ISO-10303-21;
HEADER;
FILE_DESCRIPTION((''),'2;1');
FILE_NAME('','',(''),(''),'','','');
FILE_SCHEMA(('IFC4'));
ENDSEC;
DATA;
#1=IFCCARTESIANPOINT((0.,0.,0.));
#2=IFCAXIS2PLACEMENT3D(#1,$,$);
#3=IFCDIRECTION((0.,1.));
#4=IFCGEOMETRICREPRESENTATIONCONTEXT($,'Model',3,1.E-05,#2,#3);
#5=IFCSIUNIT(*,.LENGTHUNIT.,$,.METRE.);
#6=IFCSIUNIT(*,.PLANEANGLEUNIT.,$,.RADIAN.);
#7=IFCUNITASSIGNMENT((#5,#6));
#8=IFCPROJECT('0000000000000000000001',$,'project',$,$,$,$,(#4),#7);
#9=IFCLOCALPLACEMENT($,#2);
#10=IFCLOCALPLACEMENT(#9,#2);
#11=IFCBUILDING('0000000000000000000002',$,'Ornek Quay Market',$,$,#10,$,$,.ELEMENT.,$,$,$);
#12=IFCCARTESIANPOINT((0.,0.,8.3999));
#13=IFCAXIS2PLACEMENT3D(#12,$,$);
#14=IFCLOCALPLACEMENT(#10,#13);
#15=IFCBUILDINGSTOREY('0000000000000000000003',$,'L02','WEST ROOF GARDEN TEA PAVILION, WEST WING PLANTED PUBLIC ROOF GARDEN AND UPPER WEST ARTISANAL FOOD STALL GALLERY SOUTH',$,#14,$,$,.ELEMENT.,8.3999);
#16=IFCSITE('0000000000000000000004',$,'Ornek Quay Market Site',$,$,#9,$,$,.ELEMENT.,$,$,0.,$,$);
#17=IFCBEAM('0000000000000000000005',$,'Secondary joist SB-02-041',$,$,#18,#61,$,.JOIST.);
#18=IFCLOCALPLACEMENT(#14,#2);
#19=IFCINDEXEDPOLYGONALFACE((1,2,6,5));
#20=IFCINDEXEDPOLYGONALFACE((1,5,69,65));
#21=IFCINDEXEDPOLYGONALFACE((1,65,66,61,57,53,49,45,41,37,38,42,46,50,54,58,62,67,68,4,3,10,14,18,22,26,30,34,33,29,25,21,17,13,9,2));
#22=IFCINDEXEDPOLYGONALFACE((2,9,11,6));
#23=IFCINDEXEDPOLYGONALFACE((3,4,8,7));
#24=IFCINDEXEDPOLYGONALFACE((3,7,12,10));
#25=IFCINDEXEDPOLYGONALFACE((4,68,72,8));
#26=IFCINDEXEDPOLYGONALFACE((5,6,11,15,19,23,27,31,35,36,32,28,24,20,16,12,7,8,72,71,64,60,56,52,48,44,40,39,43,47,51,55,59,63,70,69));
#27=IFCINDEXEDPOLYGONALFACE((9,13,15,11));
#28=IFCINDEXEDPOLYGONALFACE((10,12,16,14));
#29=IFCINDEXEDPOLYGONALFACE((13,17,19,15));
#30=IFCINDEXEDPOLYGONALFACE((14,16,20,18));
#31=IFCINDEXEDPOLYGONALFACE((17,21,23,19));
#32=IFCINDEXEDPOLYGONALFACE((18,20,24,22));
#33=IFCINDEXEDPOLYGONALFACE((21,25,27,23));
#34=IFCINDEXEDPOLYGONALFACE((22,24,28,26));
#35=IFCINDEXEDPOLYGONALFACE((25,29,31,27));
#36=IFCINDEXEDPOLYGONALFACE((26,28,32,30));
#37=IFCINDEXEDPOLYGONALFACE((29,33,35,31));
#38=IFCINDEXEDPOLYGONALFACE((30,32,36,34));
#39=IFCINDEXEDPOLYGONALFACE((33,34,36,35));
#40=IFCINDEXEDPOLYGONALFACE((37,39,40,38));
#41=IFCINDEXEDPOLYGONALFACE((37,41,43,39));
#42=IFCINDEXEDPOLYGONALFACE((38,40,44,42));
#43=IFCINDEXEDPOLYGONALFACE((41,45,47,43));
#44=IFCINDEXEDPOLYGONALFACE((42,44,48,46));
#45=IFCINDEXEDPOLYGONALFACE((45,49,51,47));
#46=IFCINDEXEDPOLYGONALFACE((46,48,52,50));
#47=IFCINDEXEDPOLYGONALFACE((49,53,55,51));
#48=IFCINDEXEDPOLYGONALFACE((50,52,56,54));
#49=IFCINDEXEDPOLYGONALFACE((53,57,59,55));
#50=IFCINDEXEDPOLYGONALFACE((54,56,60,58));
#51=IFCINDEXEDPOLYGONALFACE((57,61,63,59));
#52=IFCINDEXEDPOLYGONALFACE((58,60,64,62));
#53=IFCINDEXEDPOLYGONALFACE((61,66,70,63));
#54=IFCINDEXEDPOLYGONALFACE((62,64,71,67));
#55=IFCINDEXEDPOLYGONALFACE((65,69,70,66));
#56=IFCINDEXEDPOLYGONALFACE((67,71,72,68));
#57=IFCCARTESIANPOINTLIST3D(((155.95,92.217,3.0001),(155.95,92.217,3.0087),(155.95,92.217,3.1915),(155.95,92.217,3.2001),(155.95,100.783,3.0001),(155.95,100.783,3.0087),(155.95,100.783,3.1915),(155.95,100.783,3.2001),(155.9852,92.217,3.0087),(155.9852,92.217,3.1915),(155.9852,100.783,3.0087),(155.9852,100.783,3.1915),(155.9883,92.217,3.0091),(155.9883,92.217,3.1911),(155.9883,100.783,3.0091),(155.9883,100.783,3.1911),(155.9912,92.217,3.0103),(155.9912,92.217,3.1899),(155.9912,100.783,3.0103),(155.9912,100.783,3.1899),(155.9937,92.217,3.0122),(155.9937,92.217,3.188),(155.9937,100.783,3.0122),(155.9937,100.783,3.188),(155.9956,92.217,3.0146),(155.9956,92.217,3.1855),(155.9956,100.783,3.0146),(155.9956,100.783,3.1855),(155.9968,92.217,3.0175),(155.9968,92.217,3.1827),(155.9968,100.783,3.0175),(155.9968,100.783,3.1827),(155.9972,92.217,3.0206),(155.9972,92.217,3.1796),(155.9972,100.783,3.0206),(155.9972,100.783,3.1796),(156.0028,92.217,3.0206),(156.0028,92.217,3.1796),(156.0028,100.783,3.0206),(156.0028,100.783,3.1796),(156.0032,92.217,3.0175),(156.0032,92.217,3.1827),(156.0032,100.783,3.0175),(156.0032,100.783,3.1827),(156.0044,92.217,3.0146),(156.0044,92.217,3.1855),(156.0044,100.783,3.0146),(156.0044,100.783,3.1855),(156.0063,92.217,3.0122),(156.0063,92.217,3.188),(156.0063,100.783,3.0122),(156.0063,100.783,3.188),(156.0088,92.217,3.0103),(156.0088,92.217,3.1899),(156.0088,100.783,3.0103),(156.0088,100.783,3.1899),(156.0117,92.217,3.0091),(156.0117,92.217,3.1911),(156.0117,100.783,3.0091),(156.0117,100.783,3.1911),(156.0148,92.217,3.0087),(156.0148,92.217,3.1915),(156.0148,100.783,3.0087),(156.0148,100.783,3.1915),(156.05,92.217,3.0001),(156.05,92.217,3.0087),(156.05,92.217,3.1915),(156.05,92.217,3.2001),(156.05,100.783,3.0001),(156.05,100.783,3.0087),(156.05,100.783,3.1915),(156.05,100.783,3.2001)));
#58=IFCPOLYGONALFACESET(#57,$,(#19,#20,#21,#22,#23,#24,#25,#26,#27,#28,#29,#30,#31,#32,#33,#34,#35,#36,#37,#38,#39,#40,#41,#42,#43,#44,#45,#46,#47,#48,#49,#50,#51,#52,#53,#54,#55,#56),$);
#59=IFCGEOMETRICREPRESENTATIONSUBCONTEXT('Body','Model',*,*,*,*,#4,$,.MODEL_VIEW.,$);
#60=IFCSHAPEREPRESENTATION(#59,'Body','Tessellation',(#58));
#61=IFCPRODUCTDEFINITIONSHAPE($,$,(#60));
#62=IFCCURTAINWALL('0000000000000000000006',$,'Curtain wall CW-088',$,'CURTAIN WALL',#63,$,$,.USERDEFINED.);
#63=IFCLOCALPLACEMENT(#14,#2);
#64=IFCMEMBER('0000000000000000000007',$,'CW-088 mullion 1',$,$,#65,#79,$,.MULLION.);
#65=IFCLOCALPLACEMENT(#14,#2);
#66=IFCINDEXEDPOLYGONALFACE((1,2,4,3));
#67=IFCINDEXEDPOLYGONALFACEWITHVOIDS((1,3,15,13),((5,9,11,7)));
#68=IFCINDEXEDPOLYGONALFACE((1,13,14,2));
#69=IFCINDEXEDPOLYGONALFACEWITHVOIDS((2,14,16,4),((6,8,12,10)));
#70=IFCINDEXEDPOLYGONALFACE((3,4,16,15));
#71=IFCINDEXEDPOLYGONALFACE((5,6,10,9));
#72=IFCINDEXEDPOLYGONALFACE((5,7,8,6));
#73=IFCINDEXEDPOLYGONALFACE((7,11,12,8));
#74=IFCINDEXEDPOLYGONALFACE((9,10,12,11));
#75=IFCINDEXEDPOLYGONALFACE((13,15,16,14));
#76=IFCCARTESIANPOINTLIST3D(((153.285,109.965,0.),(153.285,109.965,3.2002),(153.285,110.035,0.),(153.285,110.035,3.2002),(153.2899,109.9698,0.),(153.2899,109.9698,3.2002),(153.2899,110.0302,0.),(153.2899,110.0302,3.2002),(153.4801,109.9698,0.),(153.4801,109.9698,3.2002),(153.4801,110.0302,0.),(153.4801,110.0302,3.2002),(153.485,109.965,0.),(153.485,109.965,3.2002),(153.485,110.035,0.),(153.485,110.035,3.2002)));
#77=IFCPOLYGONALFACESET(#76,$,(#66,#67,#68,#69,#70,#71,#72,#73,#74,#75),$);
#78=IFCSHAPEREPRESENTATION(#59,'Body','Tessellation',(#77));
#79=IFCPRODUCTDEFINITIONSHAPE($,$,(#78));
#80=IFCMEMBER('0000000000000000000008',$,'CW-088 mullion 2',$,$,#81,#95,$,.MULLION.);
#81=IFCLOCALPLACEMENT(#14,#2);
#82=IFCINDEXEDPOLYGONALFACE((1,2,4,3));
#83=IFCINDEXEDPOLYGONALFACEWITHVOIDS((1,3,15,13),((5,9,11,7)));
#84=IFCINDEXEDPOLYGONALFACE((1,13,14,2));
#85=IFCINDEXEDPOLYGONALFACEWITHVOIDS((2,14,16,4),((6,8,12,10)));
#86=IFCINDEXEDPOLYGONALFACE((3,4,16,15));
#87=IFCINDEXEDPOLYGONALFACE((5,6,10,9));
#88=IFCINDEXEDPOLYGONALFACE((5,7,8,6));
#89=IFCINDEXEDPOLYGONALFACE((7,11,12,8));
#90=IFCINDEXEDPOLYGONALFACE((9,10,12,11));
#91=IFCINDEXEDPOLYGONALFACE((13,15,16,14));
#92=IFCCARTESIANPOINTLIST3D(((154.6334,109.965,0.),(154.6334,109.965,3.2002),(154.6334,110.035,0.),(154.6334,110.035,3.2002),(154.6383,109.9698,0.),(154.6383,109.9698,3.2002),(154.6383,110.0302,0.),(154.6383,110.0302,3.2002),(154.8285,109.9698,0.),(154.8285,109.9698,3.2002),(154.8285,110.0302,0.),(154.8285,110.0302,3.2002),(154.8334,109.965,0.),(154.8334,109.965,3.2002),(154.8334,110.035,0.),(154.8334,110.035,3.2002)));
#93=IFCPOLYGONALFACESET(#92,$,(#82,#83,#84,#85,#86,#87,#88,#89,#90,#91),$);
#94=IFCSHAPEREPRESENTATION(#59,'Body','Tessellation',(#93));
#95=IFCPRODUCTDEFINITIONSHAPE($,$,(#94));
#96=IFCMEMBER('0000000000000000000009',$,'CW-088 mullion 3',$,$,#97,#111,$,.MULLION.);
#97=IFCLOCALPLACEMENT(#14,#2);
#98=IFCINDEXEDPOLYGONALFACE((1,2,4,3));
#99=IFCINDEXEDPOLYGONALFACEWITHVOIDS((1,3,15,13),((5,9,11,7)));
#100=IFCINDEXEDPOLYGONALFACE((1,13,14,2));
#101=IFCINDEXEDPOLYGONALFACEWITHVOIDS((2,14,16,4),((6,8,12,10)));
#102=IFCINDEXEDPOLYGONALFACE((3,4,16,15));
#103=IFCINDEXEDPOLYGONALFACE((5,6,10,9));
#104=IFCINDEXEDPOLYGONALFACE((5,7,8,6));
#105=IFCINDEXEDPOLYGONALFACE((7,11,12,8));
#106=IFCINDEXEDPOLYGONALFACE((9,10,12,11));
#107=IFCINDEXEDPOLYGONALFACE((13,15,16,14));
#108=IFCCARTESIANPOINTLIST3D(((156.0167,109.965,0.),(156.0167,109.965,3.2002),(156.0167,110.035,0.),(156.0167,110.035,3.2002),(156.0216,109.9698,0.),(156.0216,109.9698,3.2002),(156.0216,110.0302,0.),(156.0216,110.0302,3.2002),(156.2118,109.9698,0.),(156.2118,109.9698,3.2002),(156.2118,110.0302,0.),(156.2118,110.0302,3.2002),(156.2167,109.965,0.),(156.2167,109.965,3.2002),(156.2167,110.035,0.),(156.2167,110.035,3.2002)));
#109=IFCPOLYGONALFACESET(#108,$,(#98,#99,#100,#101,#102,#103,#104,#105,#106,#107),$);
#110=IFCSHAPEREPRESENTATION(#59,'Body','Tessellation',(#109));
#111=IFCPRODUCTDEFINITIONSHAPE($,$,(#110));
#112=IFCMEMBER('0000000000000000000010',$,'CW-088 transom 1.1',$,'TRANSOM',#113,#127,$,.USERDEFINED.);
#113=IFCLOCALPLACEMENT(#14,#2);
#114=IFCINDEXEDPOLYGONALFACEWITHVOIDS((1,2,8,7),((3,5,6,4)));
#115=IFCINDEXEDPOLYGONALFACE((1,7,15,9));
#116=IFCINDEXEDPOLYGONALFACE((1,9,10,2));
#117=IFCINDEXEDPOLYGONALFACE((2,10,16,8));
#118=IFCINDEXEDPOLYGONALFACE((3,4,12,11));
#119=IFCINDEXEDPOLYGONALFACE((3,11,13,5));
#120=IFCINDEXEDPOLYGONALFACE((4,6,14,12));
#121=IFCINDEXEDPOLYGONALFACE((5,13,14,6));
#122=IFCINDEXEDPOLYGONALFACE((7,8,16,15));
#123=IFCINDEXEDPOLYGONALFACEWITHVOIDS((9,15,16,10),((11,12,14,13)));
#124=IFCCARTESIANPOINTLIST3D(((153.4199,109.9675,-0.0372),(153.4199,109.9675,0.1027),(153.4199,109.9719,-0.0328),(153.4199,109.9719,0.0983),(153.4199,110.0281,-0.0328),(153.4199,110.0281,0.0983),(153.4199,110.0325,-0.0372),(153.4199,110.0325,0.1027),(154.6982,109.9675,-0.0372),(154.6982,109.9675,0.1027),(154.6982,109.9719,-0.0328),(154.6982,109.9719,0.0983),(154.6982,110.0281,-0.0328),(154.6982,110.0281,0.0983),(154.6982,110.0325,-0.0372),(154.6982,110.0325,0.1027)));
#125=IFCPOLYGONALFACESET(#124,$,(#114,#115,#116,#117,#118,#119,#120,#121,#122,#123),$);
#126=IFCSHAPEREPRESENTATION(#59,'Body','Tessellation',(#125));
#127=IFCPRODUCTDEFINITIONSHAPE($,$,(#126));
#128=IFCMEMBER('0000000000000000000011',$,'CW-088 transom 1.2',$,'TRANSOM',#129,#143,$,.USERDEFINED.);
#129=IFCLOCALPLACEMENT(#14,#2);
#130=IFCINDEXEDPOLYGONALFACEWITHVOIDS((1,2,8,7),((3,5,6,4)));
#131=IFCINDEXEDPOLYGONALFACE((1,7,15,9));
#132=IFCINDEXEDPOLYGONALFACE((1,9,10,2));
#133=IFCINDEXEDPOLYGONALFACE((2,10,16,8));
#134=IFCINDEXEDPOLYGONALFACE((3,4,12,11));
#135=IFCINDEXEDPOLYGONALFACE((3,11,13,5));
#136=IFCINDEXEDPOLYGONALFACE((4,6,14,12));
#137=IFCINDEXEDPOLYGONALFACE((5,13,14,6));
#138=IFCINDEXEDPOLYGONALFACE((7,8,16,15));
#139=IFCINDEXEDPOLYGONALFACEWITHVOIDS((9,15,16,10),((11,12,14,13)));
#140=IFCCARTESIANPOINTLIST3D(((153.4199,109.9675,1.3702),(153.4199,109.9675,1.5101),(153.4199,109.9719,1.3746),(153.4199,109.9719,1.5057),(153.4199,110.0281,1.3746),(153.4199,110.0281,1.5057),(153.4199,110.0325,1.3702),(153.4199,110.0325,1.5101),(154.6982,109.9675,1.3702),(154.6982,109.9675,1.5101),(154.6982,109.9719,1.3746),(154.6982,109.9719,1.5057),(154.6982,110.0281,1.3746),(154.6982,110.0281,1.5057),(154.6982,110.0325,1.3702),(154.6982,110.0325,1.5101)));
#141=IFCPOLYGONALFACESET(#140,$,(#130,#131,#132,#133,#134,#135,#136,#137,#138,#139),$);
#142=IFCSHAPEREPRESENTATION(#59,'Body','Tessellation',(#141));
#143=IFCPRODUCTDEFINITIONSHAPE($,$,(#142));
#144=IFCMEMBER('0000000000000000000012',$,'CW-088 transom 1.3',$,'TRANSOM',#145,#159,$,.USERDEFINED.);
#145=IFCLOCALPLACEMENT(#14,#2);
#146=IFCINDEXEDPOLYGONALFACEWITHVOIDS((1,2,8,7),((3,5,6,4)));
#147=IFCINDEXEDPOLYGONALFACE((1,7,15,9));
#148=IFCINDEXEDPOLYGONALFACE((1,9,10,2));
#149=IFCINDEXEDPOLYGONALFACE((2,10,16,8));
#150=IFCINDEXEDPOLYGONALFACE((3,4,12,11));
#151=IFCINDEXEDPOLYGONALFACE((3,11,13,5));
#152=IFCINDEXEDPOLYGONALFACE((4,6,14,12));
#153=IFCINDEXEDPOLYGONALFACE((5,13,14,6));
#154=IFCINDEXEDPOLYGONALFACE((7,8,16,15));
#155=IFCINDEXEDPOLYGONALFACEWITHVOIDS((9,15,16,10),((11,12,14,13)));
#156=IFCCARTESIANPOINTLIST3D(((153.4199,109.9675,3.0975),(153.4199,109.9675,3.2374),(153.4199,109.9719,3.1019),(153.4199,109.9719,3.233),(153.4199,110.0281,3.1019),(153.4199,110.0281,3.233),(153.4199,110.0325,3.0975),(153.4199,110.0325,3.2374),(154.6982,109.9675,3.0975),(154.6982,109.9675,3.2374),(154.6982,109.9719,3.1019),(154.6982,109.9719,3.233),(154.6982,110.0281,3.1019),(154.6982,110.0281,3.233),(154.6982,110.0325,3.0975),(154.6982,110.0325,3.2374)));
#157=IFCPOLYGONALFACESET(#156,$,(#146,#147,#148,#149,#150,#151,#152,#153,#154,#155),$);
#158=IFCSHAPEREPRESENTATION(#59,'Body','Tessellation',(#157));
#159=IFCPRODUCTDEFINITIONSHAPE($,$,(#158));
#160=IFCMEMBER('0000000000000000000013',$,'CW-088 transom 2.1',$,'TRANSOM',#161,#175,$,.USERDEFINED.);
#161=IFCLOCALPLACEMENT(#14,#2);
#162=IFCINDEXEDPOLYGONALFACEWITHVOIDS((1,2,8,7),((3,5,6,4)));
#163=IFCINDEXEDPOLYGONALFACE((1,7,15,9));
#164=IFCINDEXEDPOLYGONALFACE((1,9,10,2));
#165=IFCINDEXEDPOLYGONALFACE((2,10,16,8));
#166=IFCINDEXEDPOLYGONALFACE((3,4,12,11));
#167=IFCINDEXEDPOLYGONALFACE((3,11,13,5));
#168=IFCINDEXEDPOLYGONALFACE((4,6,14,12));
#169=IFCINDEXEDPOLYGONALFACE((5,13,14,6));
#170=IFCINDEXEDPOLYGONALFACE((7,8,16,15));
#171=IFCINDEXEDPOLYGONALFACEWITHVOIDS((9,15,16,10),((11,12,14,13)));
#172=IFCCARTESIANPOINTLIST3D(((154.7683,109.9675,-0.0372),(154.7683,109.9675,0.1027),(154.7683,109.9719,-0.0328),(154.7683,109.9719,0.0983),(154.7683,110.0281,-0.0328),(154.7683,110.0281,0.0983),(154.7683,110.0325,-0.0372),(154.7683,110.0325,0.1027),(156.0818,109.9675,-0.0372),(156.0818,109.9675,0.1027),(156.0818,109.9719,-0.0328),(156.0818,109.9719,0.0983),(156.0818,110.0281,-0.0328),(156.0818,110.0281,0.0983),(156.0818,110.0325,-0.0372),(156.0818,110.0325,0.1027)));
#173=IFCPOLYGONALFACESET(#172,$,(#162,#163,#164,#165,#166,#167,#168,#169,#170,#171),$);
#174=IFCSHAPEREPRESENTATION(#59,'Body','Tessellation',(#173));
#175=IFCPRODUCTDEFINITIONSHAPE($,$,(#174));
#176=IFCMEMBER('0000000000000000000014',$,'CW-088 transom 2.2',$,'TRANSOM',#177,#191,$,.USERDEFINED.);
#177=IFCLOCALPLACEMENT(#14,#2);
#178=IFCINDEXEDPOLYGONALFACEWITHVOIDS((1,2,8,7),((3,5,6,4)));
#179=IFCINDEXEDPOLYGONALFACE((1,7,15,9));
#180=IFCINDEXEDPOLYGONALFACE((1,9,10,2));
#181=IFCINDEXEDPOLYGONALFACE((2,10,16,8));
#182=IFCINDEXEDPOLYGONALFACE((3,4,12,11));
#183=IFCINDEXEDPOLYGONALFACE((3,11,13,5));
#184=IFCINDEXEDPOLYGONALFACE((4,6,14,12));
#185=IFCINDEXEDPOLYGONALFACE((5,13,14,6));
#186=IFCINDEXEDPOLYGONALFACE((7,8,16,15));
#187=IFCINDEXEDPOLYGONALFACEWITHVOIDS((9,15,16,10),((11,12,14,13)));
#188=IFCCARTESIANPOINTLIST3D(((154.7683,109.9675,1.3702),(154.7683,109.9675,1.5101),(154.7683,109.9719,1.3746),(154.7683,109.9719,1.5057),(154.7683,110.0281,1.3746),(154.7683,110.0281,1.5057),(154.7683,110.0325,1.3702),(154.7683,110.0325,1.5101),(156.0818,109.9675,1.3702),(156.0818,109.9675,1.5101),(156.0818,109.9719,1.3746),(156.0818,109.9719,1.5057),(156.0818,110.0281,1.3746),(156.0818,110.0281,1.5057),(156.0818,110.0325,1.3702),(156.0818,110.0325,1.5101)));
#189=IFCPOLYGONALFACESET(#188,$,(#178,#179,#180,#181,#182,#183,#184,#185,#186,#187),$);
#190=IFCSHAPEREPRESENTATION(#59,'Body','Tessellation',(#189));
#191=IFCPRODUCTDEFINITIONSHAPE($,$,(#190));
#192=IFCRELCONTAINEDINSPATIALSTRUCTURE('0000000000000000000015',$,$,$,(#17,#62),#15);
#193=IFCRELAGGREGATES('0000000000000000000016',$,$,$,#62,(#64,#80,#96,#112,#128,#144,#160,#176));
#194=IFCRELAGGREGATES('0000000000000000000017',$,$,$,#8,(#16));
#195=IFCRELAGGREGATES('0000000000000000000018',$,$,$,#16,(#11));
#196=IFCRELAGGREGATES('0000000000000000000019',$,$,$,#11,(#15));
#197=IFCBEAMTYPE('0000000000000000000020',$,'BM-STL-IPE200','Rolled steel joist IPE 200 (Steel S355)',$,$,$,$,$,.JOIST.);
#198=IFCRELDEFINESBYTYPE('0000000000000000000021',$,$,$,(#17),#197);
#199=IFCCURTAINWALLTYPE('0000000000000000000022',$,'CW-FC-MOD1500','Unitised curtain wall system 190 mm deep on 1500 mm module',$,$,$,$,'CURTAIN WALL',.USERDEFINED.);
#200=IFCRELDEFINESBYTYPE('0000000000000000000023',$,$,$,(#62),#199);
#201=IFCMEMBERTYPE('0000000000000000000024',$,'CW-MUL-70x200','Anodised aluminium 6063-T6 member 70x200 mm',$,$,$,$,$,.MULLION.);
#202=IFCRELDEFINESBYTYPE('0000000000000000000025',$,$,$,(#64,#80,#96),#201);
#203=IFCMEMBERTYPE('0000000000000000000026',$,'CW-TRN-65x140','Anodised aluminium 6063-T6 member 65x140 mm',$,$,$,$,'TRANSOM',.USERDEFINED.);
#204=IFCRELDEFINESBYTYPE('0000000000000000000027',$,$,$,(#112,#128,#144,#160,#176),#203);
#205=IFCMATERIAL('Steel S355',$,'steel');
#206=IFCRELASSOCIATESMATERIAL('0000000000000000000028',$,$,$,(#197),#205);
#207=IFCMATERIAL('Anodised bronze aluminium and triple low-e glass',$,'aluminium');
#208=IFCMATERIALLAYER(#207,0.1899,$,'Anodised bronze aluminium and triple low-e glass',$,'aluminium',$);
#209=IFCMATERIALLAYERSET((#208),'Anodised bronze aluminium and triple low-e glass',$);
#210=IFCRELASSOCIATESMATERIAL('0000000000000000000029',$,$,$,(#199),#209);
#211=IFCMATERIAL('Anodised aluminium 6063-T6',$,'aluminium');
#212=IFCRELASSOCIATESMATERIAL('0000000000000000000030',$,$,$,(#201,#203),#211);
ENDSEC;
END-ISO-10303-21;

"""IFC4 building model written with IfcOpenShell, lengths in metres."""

from ifc_helpers import new_model, si_unit, direction, frame, origin, origin_2d, place, context, subcontext, project, spatial, hollow_rectangle, i_section, extrude, material, layer, layer_set, material_profile, profile_set, type_object, element, aggregate, save


model = new_model("IFC4")

# Units and contexts
model_context = context("Model", 3, precision=1e-05, world=origin(), true_north=direction((0.0, 1.0)))
body_context = subcontext(model_context, "Body", "Model", "MODEL_VIEW")
ifc_project = project(units=[si_unit("LENGTHUNIT", "METRE"), si_unit("PLANEANGLEUNIT", "RADIAN")], contexts=[model_context])

# Site, building, storey
site_placement = place(None, origin())
site = spatial("IfcSite", under=ifc_project, at=site_placement, Name="Ornek Quay Market Site", CompositionType="ELEMENT", RefElevation=0.0)
building_placement = place(site_placement, origin())
building = spatial("IfcBuilding", under=site, at=building_placement, Name="Ornek Quay Market", CompositionType="ELEMENT")
storey_placement = place(building_placement, frame((0.0, 0.0, 8.3999)))
storey = spatial("IfcBuildingStorey", under=building, at=storey_placement, Name="L02", Description="WEST ROOF GARDEN TEA PAVILION, WEST WING PLANTED PUBLIC ROOF GARDEN AND UPPER WEST ARTISANAL FOOD STALL GALLERY SOUTH", CompositionType="ELEMENT", Elevation=8.3999)

# Beam
ifc_material_1 = material(Name="Steel S355", Category="steel")
ifc_material_profile_1 = material_profile(ifc_material_1, i_section(OverallWidth=0.1001, OverallDepth=0.2, WebThickness=0.0056, FlangeThickness=0.0085, FilletRadius=0.012, at=origin_2d()), Name="IPE 200", Category="steel")
ifc_profile_set_1 = profile_set([ifc_material_profile_1], Name="Steel S355")
beam_type_1 = type_object("IfcBeamType", Name="BM-STL-IPE200", Description="Rolled steel joist IPE 200 (Steel S355)", PredefinedType="JOIST", material=ifc_profile_set_1)
beam_1_placement = place(storey_placement, frame((156.0, 92.217, 3.1001), z_axis=(0.0, 1.0, 0.0), x_axis=(-1.0, 0.0, 0.0)))
element("IfcBeam", 1, at=beam_1_placement, inside=storey, type_object=beam_type_1, Name="Secondary joist SB-02-041", PredefinedType="JOIST", context=body_context, shape_type="SweptSolid", body=[
    extrude(i_section(OverallWidth=0.1001, OverallDepth=0.2, WebThickness=0.0056, FlangeThickness=0.0085, FilletRadius=0.012, at=origin_2d()), origin(), (0.0, 0.0, 1.0), 8.5659),
])

# Curtain wall, members
ifc_material_2 = material(Name="Anodised bronze aluminium and triple low-e glass", Category="aluminium")
ifc_layer_1 = layer(ifc_material_2, 0.1899, Name="Anodised bronze aluminium and triple low-e glass", Category="aluminium")
ifc_layer_set_1 = layer_set([ifc_layer_1], Name="Anodised bronze aluminium and triple low-e glass")
curtain_wall_type = type_object("IfcCurtainWallType", Name="CW-FC-MOD1500", Description="Unitised curtain wall system 190 mm deep on 1500 mm module", ElementType="CURTAIN WALL", PredefinedType="USERDEFINED", material=ifc_layer_set_1)
curtain_wall_placement = place(storey_placement, origin())
curtain_wall = element("IfcCurtainWall", 2, at=curtain_wall_placement, inside=storey, type_object=curtain_wall_type, Name="Curtain wall CW-088", ObjectType="CURTAIN WALL", PredefinedType="USERDEFINED")
ifc_material_3 = material(Name="Anodised aluminium 6063-T6", Category="aluminium")
ifc_material_profile_2 = material_profile(ifc_material_3, hollow_rectangle(XDim=0.0701, YDim=0.2, WallThickness=0.0049, at=origin_2d()), Name="CW-MUL-70x200", Category="aluminium")
ifc_profile_set_2 = profile_set([ifc_material_profile_2], Name="Anodised aluminium 6063-T6")
member_type_1 = type_object("IfcMemberType", Name="CW-MUL-70x200", Description="Anodised aluminium 6063-T6 member 70x200 mm", PredefinedType="MULLION", material=ifc_profile_set_2)
member_1_placement = place(storey_placement, frame((153.385, 110.0, 0.0), z_axis=(0.0, 0.0, 1.0), x_axis=(0.0, 1.0, 0.0)))
member_1 = element("IfcMember", 3, at=member_1_placement, type_object=member_type_1, Name="CW-088 mullion 1", PredefinedType="MULLION", context=body_context, shape_type="SweptSolid", body=[
    extrude(hollow_rectangle(XDim=0.0701, YDim=0.2, WallThickness=0.0049, at=origin_2d()), origin(), (0.0, 0.0, 1.0), 3.2002),
])
member_2_placement = place(storey_placement, frame((154.7334, 110.0, 0.0), z_axis=(0.0, 0.0, 1.0), x_axis=(0.0, 1.0, 0.0)))
member_2 = element("IfcMember", 4, at=member_2_placement, type_object=member_type_1, Name="CW-088 mullion 2", PredefinedType="MULLION", context=body_context, shape_type="SweptSolid", body=[
    extrude(hollow_rectangle(XDim=0.0701, YDim=0.2, WallThickness=0.0049, at=origin_2d()), origin(), (0.0, 0.0, 1.0), 3.2002),
])
member_3_placement = place(storey_placement, frame((156.1167, 110.0, 0.0), z_axis=(0.0, 0.0, 1.0), x_axis=(0.0, 1.0, 0.0)))
member_3 = element("IfcMember", 5, at=member_3_placement, type_object=member_type_1, Name="CW-088 mullion 3", PredefinedType="MULLION", context=body_context, shape_type="SweptSolid", body=[
    extrude(hollow_rectangle(XDim=0.0701, YDim=0.2, WallThickness=0.0049, at=origin_2d()), origin(), (0.0, 0.0, 1.0), 3.2002),
])
ifc_material_profile_3 = material_profile(ifc_material_3, hollow_rectangle(XDim=0.0649, YDim=0.1399, WallThickness=0.0044, at=origin_2d()), Name="CW-TRN-65x140", Category="aluminium")
ifc_profile_set_3 = profile_set([ifc_material_profile_3], Name="Anodised aluminium 6063-T6")
member_type_2 = type_object("IfcMemberType", Name="CW-TRN-65x140", Description="Anodised aluminium 6063-T6 member 65x140 mm", ElementType="TRANSOM", PredefinedType="USERDEFINED", material=ifc_profile_set_3)
member_4_placement = place(storey_placement, frame((153.4199, 110.0, 0.0327), z_axis=(1.0, 0.0, 0.0), x_axis=(0.0, 1.0, 0.0)))
member_4 = element("IfcMember", 6, at=member_4_placement, type_object=member_type_2, Name="CW-088 transom 1.1", ObjectType="TRANSOM", PredefinedType="USERDEFINED", context=body_context, shape_type="SweptSolid", body=[
    extrude(hollow_rectangle(XDim=0.0649, YDim=0.1399, WallThickness=0.0044, at=origin_2d()), origin(), (0.0, 0.0, 1.0), 1.2783),
])
member_5_placement = place(storey_placement, frame((153.4199, 110.0, 1.4402), z_axis=(1.0, 0.0, 0.0), x_axis=(0.0, 1.0, 0.0)))
member_5 = element("IfcMember", 7, at=member_5_placement, type_object=member_type_2, Name="CW-088 transom 1.2", ObjectType="TRANSOM", PredefinedType="USERDEFINED", context=body_context, shape_type="SweptSolid", body=[
    extrude(hollow_rectangle(XDim=0.0649, YDim=0.1399, WallThickness=0.0044, at=origin_2d()), origin(), (0.0, 0.0, 1.0), 1.2783),
])
member_6_placement = place(storey_placement, frame((153.4199, 110.0, 3.1675), z_axis=(1.0, 0.0, 0.0), x_axis=(0.0, 1.0, 0.0)))
member_6 = element("IfcMember", 8, at=member_6_placement, type_object=member_type_2, Name="CW-088 transom 1.3", ObjectType="TRANSOM", PredefinedType="USERDEFINED", context=body_context, shape_type="SweptSolid", body=[
    extrude(hollow_rectangle(XDim=0.0649, YDim=0.1399, WallThickness=0.0044, at=origin_2d()), origin(), (0.0, 0.0, 1.0), 1.2783),
])
member_7_placement = place(storey_placement, frame((154.7683, 110.0, 0.0327), z_axis=(1.0, 0.0, 0.0), x_axis=(0.0, 1.0, 0.0)))
member_7 = element("IfcMember", 9, at=member_7_placement, type_object=member_type_2, Name="CW-088 transom 2.1", ObjectType="TRANSOM", PredefinedType="USERDEFINED", context=body_context, shape_type="SweptSolid", body=[
    extrude(hollow_rectangle(XDim=0.0649, YDim=0.1399, WallThickness=0.0044, at=origin_2d()), origin(), (0.0, 0.0, 1.0), 1.3135),
])
member_8_placement = place(storey_placement, frame((154.7683, 110.0, 1.4402), z_axis=(1.0, 0.0, 0.0), x_axis=(0.0, 1.0, 0.0)))
member_8 = element("IfcMember", 10, at=member_8_placement, type_object=member_type_2, Name="CW-088 transom 2.2", ObjectType="TRANSOM", PredefinedType="USERDEFINED", context=body_context, shape_type="SweptSolid", body=[
    extrude(hollow_rectangle(XDim=0.0649, YDim=0.1399, WallThickness=0.0044, at=origin_2d()), origin(), (0.0, 0.0, 1.0), 1.3135),
])
aggregate(curtain_wall, [member_1, member_2, member_3, member_4, member_5, member_6, member_7, member_8])

save(model, "model.ifc")
